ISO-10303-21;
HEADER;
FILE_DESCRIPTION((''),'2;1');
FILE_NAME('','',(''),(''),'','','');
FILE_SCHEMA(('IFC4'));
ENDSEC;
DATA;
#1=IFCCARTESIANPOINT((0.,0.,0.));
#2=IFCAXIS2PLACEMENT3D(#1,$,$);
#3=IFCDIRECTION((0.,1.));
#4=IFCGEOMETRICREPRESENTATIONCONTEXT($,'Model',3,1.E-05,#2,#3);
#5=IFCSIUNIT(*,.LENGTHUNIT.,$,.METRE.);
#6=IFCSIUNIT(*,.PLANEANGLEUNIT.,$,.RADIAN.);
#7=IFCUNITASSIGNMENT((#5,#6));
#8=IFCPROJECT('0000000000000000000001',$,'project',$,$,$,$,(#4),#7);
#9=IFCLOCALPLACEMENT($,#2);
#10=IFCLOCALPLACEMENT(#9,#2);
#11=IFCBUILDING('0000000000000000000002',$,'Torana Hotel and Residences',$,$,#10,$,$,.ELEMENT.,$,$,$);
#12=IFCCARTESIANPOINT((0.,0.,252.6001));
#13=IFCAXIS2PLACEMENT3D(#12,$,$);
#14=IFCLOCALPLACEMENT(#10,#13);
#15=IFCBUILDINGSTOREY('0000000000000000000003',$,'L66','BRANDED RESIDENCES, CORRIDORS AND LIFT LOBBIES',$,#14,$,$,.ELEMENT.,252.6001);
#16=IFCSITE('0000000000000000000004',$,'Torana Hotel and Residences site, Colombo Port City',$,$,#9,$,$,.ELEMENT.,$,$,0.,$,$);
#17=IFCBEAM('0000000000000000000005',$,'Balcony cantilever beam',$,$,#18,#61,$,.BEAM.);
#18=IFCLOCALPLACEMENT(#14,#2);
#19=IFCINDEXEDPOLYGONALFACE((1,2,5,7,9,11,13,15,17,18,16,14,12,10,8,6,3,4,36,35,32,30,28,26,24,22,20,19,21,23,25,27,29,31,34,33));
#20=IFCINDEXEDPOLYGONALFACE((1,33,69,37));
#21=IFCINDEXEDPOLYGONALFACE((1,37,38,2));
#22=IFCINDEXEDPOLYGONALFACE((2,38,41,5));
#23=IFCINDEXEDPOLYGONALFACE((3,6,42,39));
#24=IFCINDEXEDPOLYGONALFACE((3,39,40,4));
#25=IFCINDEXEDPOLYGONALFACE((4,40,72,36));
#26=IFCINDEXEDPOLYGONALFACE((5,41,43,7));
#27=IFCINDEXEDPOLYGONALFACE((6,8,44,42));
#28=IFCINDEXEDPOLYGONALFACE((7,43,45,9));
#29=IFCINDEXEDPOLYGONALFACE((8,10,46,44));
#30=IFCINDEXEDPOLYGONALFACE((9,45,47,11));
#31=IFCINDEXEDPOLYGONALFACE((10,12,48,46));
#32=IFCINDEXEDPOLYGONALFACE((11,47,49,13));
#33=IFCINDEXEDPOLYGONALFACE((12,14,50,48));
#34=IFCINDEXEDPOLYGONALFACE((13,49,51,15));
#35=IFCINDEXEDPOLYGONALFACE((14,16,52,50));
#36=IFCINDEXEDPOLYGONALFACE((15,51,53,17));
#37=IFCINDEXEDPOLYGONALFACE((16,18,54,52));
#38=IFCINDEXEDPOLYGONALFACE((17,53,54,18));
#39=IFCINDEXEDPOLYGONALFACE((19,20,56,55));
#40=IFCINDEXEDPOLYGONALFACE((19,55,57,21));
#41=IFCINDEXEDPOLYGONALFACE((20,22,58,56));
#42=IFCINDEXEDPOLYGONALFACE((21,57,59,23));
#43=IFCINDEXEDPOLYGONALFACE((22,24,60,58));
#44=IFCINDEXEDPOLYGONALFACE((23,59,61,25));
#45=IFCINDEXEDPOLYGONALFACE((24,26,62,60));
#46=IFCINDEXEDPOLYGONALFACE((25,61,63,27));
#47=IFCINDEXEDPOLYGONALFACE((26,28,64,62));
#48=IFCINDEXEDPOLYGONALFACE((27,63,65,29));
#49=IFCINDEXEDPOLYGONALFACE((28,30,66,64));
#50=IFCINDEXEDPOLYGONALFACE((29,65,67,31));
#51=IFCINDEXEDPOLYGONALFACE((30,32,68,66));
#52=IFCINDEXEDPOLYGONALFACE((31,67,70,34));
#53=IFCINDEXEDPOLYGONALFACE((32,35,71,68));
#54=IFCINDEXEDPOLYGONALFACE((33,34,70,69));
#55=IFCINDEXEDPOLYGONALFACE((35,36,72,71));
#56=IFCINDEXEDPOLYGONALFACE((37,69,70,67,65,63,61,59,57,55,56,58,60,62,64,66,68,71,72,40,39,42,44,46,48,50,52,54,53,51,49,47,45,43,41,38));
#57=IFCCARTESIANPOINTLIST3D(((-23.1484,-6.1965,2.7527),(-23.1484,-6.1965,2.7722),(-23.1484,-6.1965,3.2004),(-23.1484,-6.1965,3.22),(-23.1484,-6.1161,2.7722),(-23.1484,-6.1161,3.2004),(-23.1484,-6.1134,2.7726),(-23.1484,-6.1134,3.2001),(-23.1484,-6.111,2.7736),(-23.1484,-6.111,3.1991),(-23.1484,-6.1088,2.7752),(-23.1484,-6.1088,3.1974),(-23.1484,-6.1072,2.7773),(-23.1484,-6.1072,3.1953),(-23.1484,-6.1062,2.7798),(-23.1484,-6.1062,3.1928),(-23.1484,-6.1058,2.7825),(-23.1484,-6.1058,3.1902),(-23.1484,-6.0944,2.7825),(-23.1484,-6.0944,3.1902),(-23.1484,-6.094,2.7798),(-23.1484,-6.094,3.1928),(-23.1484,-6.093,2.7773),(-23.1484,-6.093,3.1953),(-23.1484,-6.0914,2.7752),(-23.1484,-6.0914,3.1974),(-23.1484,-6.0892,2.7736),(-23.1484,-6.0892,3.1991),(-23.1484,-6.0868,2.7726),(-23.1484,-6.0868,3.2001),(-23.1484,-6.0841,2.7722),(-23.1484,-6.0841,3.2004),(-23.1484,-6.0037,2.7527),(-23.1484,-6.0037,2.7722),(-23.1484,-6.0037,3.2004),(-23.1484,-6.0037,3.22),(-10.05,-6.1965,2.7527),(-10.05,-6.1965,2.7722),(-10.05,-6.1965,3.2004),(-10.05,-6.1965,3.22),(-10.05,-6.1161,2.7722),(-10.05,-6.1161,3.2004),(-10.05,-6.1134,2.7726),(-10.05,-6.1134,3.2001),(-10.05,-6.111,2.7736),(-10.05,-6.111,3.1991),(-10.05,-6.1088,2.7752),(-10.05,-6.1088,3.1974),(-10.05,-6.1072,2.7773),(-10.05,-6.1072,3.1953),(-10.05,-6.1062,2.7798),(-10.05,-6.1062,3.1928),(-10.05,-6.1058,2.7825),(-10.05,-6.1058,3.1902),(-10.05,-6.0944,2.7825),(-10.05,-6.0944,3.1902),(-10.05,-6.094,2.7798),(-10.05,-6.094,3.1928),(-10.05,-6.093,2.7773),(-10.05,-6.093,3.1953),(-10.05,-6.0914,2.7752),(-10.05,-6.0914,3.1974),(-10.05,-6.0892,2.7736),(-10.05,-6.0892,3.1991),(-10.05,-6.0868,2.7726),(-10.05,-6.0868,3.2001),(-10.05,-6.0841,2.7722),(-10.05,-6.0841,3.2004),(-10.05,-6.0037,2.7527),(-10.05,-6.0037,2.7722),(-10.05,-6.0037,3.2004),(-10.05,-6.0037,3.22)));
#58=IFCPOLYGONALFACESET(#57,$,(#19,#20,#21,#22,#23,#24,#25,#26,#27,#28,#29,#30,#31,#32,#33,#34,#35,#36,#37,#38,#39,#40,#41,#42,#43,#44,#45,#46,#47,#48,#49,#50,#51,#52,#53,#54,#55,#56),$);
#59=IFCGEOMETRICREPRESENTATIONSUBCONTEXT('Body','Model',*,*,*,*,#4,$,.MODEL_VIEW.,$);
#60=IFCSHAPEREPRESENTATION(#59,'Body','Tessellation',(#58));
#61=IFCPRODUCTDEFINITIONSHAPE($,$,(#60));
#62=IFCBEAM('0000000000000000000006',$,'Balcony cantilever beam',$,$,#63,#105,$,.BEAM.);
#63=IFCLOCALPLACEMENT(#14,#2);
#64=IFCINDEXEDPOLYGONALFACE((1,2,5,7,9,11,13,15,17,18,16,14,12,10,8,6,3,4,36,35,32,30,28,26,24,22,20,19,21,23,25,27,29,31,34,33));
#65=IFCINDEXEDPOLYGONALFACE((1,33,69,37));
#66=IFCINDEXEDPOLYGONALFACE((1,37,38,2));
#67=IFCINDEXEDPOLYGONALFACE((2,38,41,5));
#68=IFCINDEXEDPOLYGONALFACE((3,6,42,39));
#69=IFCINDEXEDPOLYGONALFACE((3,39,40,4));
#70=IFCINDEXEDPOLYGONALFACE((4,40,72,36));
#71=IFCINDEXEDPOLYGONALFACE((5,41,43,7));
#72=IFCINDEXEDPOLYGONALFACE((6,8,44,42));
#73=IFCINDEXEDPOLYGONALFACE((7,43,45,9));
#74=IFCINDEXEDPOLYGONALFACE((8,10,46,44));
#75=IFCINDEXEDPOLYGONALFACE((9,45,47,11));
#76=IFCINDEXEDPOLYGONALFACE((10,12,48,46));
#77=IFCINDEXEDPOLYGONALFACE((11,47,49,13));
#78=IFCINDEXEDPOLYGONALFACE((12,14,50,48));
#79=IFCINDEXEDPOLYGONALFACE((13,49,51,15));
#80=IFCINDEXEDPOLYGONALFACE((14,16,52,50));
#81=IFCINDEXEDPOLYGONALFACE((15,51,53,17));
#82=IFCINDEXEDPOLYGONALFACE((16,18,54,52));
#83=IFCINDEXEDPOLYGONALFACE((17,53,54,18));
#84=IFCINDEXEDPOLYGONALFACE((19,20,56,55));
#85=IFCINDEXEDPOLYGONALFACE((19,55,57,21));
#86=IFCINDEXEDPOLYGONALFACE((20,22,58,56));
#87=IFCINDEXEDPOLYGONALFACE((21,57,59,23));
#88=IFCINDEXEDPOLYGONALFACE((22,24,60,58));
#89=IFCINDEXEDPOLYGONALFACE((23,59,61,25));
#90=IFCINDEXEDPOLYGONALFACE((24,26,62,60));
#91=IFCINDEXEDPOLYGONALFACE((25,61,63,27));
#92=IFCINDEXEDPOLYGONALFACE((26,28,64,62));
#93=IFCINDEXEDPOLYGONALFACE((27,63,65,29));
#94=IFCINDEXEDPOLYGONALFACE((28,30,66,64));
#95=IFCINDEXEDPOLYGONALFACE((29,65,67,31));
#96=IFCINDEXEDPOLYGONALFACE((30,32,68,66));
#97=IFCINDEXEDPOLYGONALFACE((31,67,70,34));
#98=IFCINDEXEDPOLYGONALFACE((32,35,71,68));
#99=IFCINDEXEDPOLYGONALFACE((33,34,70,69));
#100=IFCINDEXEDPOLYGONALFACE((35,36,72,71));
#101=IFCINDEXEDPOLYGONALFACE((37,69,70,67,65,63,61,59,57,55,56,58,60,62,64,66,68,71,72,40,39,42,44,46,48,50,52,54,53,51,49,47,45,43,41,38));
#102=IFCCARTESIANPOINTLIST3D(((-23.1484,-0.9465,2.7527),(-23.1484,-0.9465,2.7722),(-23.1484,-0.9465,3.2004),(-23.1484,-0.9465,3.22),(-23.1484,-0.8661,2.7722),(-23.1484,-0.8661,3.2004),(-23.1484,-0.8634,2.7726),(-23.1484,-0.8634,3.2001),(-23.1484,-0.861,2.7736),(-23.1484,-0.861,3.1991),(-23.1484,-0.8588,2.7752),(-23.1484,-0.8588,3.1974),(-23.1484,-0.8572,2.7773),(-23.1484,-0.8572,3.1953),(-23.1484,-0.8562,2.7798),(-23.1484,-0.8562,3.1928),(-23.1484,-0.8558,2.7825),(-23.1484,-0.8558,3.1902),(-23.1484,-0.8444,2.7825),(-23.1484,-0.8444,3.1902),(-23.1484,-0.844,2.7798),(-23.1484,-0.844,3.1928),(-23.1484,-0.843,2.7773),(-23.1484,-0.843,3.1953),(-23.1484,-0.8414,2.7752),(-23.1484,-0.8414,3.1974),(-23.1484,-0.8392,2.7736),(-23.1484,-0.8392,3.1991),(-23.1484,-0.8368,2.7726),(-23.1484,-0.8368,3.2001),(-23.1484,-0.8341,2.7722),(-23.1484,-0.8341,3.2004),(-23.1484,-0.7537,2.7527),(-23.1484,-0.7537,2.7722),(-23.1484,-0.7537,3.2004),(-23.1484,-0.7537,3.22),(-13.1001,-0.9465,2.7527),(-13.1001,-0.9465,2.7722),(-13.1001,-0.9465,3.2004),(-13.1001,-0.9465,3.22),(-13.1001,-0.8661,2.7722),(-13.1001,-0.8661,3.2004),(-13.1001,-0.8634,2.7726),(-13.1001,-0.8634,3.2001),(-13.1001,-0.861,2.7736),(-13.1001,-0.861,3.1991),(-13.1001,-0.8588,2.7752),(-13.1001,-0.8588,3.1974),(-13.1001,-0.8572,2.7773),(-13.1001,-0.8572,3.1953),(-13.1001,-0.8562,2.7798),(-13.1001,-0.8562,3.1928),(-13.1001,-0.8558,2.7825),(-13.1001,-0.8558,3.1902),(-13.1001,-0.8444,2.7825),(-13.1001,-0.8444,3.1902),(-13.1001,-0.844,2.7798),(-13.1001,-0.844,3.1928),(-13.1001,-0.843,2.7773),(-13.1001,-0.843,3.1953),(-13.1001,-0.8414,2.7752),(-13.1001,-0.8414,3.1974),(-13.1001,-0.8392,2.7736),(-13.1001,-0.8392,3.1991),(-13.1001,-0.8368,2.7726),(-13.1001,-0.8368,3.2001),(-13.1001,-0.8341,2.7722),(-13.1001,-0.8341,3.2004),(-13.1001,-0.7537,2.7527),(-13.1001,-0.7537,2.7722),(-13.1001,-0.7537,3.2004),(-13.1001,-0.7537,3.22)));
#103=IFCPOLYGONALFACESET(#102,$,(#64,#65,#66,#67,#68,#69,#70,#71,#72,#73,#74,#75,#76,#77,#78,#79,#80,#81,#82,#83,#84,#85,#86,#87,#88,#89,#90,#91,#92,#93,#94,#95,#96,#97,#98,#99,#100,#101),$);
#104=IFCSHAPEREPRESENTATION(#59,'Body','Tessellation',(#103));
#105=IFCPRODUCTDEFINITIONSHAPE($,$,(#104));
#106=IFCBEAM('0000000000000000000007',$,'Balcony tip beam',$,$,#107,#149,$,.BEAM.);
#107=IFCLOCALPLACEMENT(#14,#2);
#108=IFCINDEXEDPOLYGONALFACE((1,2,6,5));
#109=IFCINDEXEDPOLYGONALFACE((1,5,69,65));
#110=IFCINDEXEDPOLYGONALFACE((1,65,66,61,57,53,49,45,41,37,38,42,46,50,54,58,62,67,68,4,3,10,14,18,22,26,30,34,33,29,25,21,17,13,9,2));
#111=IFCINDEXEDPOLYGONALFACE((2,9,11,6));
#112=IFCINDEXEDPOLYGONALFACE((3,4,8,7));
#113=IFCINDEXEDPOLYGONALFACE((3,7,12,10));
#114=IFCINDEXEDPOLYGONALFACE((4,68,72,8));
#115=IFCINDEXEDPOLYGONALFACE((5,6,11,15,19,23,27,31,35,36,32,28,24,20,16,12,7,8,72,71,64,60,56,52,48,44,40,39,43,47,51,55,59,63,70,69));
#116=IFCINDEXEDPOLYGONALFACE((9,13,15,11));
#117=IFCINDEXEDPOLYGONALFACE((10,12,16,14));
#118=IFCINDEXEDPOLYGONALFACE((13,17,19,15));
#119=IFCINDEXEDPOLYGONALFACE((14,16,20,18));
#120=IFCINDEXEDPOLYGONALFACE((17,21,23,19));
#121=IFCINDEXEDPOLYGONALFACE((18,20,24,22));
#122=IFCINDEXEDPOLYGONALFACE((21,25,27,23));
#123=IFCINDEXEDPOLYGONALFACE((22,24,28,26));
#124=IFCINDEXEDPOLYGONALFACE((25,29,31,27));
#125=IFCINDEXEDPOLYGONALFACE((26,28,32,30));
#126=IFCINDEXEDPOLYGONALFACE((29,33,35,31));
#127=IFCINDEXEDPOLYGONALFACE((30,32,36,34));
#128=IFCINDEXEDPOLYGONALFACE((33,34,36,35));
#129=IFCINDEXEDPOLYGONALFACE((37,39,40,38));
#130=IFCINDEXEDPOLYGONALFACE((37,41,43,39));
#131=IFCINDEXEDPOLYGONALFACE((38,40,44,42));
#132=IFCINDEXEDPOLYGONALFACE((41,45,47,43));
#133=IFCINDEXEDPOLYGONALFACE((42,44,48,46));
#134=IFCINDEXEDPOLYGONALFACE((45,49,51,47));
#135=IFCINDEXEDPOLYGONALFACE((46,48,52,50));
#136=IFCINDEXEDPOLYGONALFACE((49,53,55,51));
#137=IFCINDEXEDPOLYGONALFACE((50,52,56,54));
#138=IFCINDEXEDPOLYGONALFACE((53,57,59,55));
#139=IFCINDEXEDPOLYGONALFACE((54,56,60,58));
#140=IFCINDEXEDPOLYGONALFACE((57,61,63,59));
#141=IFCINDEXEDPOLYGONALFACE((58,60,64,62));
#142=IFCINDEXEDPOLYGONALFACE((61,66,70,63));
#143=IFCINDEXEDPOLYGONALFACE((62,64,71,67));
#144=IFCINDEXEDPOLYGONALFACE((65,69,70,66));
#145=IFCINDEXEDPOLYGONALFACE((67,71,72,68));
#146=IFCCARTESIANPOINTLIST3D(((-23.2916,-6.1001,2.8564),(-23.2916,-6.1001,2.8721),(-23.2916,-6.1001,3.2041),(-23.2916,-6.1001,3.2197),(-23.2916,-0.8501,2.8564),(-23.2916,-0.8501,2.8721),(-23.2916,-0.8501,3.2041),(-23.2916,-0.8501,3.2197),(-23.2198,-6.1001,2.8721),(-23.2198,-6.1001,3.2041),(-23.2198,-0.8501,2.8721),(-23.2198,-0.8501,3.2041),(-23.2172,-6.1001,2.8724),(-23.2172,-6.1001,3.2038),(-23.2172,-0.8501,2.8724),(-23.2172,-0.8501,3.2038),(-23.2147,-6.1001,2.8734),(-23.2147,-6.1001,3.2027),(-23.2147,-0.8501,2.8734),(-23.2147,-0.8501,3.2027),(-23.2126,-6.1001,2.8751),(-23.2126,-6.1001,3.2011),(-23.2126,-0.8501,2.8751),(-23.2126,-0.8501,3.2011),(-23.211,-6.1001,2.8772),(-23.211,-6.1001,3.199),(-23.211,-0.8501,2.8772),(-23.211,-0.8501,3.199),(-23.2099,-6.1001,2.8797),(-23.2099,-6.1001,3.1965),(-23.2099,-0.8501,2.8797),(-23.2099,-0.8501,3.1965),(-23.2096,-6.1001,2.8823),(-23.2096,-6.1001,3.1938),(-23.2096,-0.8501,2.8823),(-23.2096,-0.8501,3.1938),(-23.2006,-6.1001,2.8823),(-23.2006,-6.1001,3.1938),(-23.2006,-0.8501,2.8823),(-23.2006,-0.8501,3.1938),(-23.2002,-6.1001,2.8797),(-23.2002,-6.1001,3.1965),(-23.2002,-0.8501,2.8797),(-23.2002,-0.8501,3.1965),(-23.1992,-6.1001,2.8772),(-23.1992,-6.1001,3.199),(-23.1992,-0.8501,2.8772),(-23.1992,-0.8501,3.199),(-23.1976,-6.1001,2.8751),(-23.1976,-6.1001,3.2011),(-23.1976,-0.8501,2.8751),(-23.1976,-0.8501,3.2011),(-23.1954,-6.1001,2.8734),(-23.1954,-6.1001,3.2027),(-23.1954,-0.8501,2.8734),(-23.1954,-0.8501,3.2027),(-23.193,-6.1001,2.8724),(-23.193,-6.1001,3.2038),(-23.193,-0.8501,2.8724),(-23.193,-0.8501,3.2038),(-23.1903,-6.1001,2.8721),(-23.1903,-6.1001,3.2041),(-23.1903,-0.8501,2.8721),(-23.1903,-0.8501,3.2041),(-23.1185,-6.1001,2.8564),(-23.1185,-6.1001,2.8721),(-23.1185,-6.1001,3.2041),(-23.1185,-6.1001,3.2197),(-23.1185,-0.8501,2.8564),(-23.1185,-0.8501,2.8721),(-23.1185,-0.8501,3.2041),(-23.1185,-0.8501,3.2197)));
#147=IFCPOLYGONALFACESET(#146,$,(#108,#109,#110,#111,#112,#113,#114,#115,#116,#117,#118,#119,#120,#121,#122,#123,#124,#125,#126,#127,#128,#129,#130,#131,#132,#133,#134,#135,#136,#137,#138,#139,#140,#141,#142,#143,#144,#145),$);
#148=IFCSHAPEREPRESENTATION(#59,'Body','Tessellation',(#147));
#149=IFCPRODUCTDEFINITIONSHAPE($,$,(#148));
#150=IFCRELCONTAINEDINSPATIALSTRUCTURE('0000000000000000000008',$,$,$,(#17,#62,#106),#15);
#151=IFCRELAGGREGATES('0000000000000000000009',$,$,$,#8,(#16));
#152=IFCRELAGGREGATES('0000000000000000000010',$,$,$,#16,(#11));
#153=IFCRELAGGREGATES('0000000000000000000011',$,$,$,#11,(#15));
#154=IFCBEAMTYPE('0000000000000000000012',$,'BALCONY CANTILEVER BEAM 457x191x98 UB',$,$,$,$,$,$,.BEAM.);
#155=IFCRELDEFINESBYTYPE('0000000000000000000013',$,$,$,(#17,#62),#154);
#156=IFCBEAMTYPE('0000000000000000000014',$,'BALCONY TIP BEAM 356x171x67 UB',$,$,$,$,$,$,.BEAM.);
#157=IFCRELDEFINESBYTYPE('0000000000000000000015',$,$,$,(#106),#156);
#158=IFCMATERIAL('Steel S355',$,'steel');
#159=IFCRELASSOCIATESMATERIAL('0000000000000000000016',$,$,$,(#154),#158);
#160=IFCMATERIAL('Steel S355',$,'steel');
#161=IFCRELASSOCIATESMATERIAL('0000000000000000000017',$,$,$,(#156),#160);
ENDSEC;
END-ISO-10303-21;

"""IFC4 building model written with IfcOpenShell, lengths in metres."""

from ifc_helpers import new_model, si_unit, direction, frame, origin, origin_2d, place, context, subcontext, project, spatial, i_section, extrude, material, material_profile, profile_set, type_object, element, save


model = new_model("IFC4")

# Units and contexts
model_context = context("Model", 3, precision=1e-05, world=origin(), true_north=direction((0.0, 1.0)))
body_context = subcontext(model_context, "Body", "Model", "MODEL_VIEW")
ifc_project = project(units=[si_unit("LENGTHUNIT", "METRE"), si_unit("PLANEANGLEUNIT", "RADIAN")], contexts=[model_context])

# Site, building, storey
site_placement = place(None, origin())
site = spatial("IfcSite", under=ifc_project, at=site_placement, Name="Torana Hotel and Residences site, Colombo Port City", CompositionType="ELEMENT", RefElevation=0.0)
building_placement = place(site_placement, origin())
building = spatial("IfcBuilding", under=site, at=building_placement, Name="Torana Hotel and Residences", CompositionType="ELEMENT")
storey_placement = place(building_placement, frame((0.0, 0.0, 252.6001)))
storey = spatial("IfcBuildingStorey", under=building, at=storey_placement, Name="L66", Description="BRANDED RESIDENCES, CORRIDORS AND LIFT LOBBIES", CompositionType="ELEMENT", Elevation=252.6001)

# Beams
ifc_material_1 = material(Name="Steel S355", Category="steel")
ifc_material_profile_1 = material_profile(ifc_material_1, i_section(OverallWidth=0.1929, OverallDepth=0.4673, WebThickness=0.0115, FlangeThickness=0.0195, FilletRadius=0.0103, at=origin_2d()), Name="457x191x98 UB")
ifc_profile_set_1 = profile_set([ifc_material_profile_1], Name="Steel S355")
beam_type_1 = type_object("IfcBeamType", Name="BALCONY CANTILEVER BEAM 457x191x98 UB", PredefinedType="BEAM", material=ifc_profile_set_1)
beam_1_placement = place(storey_placement, frame((-23.1484, -6.1001, 2.9863), z_axis=(1.0, 0.0, 0.0), x_axis=(0.0, 1.0, 0.0)))
element("IfcBeam", 1, at=beam_1_placement, inside=storey, type_object=beam_type_1, Name="Balcony cantilever beam", PredefinedType="BEAM", context=body_context, shape_type="SweptSolid", body=[
    extrude(i_section(OverallWidth=0.1929, OverallDepth=0.4673, WebThickness=0.0115, FlangeThickness=0.0195, FilletRadius=0.0103, at=origin_2d()), origin(), (0.0, 0.0, 1.0), 13.0984),
])
beam_2_placement = place(storey_placement, frame((-23.1484, -0.8501, 2.9863), z_axis=(1.0, 0.0, 0.0), x_axis=(0.0, 1.0, 0.0)))
element("IfcBeam", 2, at=beam_2_placement, inside=storey, type_object=beam_type_1, Name="Balcony cantilever beam", PredefinedType="BEAM", context=body_context, shape_type="SweptSolid", body=[
    extrude(i_section(OverallWidth=0.1929, OverallDepth=0.4673, WebThickness=0.0115, FlangeThickness=0.0195, FilletRadius=0.0103, at=origin_2d()), origin(), (0.0, 0.0, 1.0), 10.0483),
])
ifc_material_2 = material(Name="Steel S355", Category="steel")
ifc_material_profile_2 = material_profile(ifc_material_2, i_section(OverallWidth=0.1731, OverallDepth=0.3633, WebThickness=0.009, FlangeThickness=0.0156, FilletRadius=0.0103, at=origin_2d()), Name="356x171x67 UB")
ifc_profile_set_2 = profile_set([ifc_material_profile_2], Name="Steel S355")
beam_type_2 = type_object("IfcBeamType", Name="BALCONY TIP BEAM 356x171x67 UB", PredefinedType="BEAM", material=ifc_profile_set_2)
beam_3_placement = place(storey_placement, frame((-23.2051, -6.1001, 3.0381), z_axis=(0.0, 1.0, 0.0), x_axis=(-1.0, 0.0, 0.0)))
element("IfcBeam", 3, at=beam_3_placement, inside=storey, type_object=beam_type_2, Name="Balcony tip beam", PredefinedType="BEAM", context=body_context, shape_type="SweptSolid", body=[
    extrude(i_section(OverallWidth=0.1731, OverallDepth=0.3633, WebThickness=0.009, FlangeThickness=0.0156, FilletRadius=0.0103, at=origin_2d()), origin(), (0.0, 0.0, 1.0), 5.25),
])

save(model, "model.ifc")
